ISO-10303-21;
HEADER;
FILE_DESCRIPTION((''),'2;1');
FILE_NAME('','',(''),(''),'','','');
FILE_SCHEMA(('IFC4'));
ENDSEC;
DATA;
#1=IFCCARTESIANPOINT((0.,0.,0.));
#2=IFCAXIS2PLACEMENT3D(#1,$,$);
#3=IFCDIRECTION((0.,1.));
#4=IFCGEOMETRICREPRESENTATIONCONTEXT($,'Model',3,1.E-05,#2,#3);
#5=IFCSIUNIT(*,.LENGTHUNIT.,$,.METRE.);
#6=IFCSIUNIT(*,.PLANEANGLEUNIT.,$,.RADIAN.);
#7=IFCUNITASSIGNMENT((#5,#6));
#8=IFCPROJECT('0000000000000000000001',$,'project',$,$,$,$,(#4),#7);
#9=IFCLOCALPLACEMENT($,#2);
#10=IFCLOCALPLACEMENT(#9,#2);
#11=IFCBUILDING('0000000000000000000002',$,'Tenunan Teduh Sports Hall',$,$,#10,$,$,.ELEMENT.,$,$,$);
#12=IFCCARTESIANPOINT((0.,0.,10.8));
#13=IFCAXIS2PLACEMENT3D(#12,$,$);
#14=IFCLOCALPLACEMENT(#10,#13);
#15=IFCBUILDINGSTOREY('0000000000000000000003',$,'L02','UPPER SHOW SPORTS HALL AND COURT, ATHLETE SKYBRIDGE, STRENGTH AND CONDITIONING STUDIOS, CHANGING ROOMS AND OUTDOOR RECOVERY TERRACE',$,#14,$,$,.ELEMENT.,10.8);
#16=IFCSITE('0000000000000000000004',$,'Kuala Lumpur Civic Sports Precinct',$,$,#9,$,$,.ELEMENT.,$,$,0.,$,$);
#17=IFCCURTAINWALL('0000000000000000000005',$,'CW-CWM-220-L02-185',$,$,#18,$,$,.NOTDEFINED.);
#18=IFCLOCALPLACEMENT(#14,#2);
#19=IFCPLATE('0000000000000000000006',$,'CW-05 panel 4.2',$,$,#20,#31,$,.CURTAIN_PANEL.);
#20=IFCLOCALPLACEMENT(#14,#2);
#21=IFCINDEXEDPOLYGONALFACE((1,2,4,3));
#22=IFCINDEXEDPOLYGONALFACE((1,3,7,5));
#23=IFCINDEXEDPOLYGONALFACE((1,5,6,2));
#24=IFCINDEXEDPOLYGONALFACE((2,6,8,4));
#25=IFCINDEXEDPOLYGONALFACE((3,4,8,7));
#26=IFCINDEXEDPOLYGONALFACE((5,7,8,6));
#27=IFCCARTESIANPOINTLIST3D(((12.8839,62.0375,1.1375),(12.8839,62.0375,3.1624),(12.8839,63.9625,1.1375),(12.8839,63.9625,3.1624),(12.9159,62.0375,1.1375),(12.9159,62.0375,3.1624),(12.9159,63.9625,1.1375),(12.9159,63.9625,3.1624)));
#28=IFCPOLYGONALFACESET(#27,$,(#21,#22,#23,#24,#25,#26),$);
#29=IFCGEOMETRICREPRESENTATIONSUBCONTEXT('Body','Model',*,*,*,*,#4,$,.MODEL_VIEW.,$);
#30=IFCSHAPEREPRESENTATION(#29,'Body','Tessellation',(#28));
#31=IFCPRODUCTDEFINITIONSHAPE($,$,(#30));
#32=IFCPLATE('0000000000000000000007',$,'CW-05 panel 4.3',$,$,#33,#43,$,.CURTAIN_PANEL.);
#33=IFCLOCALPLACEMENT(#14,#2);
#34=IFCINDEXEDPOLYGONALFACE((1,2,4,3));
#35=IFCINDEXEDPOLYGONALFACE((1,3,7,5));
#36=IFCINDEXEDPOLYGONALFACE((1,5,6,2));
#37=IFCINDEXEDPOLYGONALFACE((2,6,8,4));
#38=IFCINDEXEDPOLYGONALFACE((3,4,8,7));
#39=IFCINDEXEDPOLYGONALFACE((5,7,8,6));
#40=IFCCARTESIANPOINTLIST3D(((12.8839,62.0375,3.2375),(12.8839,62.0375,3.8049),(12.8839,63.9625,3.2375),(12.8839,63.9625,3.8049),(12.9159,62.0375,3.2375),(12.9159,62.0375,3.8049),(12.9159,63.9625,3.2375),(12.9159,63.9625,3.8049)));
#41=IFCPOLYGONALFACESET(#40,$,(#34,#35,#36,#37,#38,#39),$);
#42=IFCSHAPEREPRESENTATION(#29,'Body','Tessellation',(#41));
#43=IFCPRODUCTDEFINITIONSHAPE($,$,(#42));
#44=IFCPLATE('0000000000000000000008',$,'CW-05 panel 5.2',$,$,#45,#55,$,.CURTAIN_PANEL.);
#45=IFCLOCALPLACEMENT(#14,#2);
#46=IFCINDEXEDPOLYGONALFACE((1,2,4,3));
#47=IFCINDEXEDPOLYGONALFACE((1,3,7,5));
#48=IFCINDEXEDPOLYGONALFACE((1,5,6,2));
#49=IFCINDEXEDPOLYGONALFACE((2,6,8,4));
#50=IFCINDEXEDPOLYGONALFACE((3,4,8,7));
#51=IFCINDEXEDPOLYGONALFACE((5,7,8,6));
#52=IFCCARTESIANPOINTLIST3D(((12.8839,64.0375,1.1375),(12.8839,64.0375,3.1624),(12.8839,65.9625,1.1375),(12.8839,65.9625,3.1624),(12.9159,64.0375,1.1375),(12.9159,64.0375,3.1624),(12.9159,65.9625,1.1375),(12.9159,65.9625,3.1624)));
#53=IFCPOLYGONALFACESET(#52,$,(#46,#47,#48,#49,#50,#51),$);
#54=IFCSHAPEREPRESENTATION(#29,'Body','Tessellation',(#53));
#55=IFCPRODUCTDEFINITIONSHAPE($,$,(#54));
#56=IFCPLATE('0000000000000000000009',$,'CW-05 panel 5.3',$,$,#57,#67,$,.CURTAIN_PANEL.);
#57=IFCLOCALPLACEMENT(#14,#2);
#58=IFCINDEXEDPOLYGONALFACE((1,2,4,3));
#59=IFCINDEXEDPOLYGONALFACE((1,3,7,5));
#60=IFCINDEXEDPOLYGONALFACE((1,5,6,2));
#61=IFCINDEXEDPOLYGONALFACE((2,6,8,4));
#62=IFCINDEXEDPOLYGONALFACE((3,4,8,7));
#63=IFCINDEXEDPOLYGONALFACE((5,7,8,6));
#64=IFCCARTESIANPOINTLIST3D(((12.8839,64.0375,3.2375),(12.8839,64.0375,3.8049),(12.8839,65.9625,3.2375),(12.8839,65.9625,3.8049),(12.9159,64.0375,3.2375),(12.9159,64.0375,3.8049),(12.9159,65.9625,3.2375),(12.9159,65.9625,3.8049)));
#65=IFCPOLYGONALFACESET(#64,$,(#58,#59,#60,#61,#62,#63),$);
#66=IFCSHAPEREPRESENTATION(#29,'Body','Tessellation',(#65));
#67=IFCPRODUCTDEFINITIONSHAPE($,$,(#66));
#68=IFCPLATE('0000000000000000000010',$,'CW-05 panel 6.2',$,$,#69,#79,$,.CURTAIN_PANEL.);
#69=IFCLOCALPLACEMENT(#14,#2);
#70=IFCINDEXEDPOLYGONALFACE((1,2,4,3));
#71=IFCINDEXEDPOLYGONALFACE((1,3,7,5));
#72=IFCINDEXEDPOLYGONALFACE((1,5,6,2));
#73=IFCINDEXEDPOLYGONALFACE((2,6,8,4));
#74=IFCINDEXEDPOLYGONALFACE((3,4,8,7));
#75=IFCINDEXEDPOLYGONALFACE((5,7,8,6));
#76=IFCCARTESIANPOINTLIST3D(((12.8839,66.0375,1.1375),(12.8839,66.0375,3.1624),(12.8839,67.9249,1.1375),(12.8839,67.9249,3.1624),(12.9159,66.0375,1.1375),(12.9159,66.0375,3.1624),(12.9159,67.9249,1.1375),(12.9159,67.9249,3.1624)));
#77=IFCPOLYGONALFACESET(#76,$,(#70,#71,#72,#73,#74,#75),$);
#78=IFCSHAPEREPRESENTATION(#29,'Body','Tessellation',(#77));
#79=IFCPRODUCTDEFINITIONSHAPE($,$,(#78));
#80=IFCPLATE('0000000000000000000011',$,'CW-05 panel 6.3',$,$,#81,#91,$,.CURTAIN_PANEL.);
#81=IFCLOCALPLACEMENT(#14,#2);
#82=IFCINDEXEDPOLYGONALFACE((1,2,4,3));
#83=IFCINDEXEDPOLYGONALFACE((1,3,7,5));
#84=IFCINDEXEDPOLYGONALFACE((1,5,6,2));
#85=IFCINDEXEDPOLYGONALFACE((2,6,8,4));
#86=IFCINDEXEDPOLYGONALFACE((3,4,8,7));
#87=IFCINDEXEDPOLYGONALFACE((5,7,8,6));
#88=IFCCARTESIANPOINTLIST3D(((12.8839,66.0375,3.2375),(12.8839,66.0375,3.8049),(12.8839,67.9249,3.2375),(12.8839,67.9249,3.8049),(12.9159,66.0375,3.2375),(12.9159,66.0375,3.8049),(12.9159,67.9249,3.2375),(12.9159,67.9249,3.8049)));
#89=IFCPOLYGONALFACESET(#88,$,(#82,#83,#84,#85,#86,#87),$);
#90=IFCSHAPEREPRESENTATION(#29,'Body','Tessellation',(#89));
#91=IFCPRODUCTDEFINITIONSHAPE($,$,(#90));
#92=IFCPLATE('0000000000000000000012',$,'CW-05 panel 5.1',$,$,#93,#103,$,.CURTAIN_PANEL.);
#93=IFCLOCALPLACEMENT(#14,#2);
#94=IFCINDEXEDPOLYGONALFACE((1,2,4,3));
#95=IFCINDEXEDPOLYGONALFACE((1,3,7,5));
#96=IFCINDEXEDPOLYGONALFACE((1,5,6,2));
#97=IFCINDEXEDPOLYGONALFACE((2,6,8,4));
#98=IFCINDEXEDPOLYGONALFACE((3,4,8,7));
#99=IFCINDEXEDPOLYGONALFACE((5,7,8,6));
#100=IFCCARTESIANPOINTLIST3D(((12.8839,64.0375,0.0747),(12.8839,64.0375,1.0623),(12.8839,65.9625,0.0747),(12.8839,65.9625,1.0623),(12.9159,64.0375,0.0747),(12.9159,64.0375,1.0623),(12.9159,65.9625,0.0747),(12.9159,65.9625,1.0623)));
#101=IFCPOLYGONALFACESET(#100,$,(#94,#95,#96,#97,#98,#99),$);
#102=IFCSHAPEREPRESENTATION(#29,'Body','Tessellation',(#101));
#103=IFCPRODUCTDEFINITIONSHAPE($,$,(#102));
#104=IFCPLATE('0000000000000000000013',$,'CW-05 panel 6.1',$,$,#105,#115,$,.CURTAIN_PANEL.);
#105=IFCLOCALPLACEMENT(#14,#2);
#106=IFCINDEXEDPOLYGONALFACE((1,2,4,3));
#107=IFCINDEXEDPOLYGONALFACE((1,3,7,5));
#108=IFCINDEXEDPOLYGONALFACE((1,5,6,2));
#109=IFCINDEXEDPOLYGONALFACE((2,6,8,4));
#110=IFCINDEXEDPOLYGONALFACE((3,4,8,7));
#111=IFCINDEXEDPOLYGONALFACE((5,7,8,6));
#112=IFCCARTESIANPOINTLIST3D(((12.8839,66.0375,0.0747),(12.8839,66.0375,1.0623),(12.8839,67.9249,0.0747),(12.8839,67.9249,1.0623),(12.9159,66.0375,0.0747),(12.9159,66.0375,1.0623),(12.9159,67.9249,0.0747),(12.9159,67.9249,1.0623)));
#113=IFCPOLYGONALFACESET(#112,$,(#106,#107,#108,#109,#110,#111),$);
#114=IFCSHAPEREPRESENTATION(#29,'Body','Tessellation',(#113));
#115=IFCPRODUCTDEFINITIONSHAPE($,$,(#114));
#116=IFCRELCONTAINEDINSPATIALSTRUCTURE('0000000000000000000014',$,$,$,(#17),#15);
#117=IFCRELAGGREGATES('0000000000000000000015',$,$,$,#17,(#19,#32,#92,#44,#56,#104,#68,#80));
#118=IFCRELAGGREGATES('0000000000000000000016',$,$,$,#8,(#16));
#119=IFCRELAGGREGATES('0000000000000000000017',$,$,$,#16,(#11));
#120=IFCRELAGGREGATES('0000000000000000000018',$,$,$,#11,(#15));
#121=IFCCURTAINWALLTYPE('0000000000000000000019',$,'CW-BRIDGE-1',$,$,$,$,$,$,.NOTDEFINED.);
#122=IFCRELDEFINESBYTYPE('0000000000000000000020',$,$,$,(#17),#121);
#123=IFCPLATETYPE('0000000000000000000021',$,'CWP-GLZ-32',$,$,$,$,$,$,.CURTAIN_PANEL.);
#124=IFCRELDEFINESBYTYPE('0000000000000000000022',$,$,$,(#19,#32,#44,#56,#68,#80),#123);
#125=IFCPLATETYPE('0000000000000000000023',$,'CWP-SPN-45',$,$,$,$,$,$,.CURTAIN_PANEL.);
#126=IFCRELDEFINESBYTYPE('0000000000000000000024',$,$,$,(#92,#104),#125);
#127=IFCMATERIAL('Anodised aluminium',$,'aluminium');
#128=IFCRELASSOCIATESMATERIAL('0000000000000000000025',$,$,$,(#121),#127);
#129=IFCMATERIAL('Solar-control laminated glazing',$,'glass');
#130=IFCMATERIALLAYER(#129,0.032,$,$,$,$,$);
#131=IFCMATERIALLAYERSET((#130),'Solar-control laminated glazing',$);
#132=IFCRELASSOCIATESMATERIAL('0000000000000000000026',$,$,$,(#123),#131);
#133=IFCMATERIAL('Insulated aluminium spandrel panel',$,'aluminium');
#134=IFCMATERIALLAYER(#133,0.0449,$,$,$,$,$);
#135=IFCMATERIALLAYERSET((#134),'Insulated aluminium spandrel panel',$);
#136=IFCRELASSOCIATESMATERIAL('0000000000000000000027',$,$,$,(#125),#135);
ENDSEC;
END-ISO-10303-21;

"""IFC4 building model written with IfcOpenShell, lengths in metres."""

from ifc_helpers import new_model, si_unit, direction, frame, origin, origin_2d, place, context, subcontext, project, spatial, rectangle, extrude, material, layer, layer_set, type_object, element, aggregate, save


model = new_model("IFC4")

# Units and contexts
model_context = context("Model", 3, precision=1e-05, world=origin(), true_north=direction((0.0, 1.0)))
body_context = subcontext(model_context, "Body", "Model", "MODEL_VIEW")
ifc_project = project(units=[si_unit("LENGTHUNIT", "METRE"), si_unit("PLANEANGLEUNIT", "RADIAN")], contexts=[model_context])

# Site, building, storey
site_placement = place(None, origin())
site = spatial("IfcSite", under=ifc_project, at=site_placement, Name="Kuala Lumpur Civic Sports Precinct", CompositionType="ELEMENT", RefElevation=0.0)
building_placement = place(site_placement, origin())
building = spatial("IfcBuilding", under=site, at=building_placement, Name="Tenunan Teduh Sports Hall", CompositionType="ELEMENT")
storey_placement = place(building_placement, frame((0.0, 0.0, 10.8)))
storey = spatial("IfcBuildingStorey", under=building, at=storey_placement, Name="L02", Description="UPPER SHOW SPORTS HALL AND COURT, ATHLETE SKYBRIDGE, STRENGTH AND CONDITIONING STUDIOS, CHANGING ROOMS AND OUTDOOR RECOVERY TERRACE", CompositionType="ELEMENT", Elevation=10.8)

# Shared definitions
ifc_material_1 = material(Name="Anodised aluminium", Category="aluminium")
curtain_wall_type = type_object("IfcCurtainWallType", Name="CW-BRIDGE-1", PredefinedType="NOTDEFINED", material=ifc_material_1)

# Curtain wall
curtain_wall_1_placement = place(storey_placement, origin())
curtain_wall_1 = element("IfcCurtainWall", 1, at=curtain_wall_1_placement, inside=storey, type_object=curtain_wall_type, Name="CW-CWM-220-L02-185", PredefinedType="NOTDEFINED")

# Plates
ifc_material_2 = material(Name="Solar-control laminated glazing", Category="glass")
ifc_layer_1 = layer(ifc_material_2, 0.032)
ifc_layer_set_1 = layer_set([ifc_layer_1], Name="Solar-control laminated glazing")
plate_type_1 = type_object("IfcPlateType", Name="CWP-GLZ-32", PredefinedType="CURTAIN_PANEL", material=ifc_layer_set_1)
plate_1_placement = place(storey_placement, frame((12.8999, 63.0, 1.1375), z_axis=(0.0, 0.0, 1.0), x_axis=(0.0, 1.0, 0.0)))
plate_1 = element("IfcPlate", 2, at=plate_1_placement, type_object=plate_type_1, Name="CW-05 panel 4.2", PredefinedType="CURTAIN_PANEL", context=body_context, shape_type="SweptSolid", body=[
    extrude(rectangle(XDim=1.925, YDim=0.032, at=origin_2d()), origin(), (0.0, 0.0, 1.0), 2.0249),
])
plate_2_placement = place(storey_placement, frame((12.8999, 63.0, 3.2375), z_axis=(0.0, 0.0, 1.0), x_axis=(0.0, 1.0, 0.0)))
plate_2 = element("IfcPlate", 3, at=plate_2_placement, type_object=plate_type_1, Name="CW-05 panel 4.3", PredefinedType="CURTAIN_PANEL", context=body_context, shape_type="SweptSolid", body=[
    extrude(rectangle(XDim=1.925, YDim=0.032, at=origin_2d()), origin(), (0.0, 0.0, 1.0), 0.5674),
])
plate_3_placement = place(storey_placement, frame((12.8999, 65.0, 1.1375), z_axis=(0.0, 0.0, 1.0), x_axis=(0.0, 1.0, 0.0)))
plate_3 = element("IfcPlate", 4, at=plate_3_placement, type_object=plate_type_1, Name="CW-05 panel 5.2", PredefinedType="CURTAIN_PANEL", context=body_context, shape_type="SweptSolid", body=[
    extrude(rectangle(XDim=1.925, YDim=0.032, at=origin_2d()), origin(), (0.0, 0.0, 1.0), 2.0249),
])
plate_4_placement = place(storey_placement, frame((12.8999, 65.0, 3.2375), z_axis=(0.0, 0.0, 1.0), x_axis=(0.0, 1.0, 0.0)))
plate_4 = element("IfcPlate", 5, at=plate_4_placement, type_object=plate_type_1, Name="CW-05 panel 5.3", PredefinedType="CURTAIN_PANEL", context=body_context, shape_type="SweptSolid", body=[
    extrude(rectangle(XDim=1.925, YDim=0.032, at=origin_2d()), origin(), (0.0, 0.0, 1.0), 0.5674),
])
plate_5_placement = place(storey_placement, frame((12.8999, 66.9812, 1.1375), z_axis=(0.0, 0.0, 1.0), x_axis=(0.0, 1.0, 0.0)))
plate_5 = element("IfcPlate", 6, at=plate_5_placement, type_object=plate_type_1, Name="CW-05 panel 6.2", PredefinedType="CURTAIN_PANEL", context=body_context, shape_type="SweptSolid", body=[
    extrude(rectangle(XDim=1.8875, YDim=0.032, at=origin_2d()), origin(), (0.0, 0.0, 1.0), 2.0249),
])
plate_6_placement = place(storey_placement, frame((12.8999, 66.9812, 3.2375), z_axis=(0.0, 0.0, 1.0), x_axis=(0.0, 1.0, 0.0)))
plate_6 = element("IfcPlate", 7, at=plate_6_placement, type_object=plate_type_1, Name="CW-05 panel 6.3", PredefinedType="CURTAIN_PANEL", context=body_context, shape_type="SweptSolid", body=[
    extrude(rectangle(XDim=1.8875, YDim=0.032, at=origin_2d()), origin(), (0.0, 0.0, 1.0), 0.5674),
])
ifc_material_3 = material(Name="Insulated aluminium spandrel panel", Category="aluminium")
ifc_layer_2 = layer(ifc_material_3, 0.0449)
ifc_layer_set_2 = layer_set([ifc_layer_2], Name="Insulated aluminium spandrel panel")
plate_type_2 = type_object("IfcPlateType", Name="CWP-SPN-45", PredefinedType="CURTAIN_PANEL", material=ifc_layer_set_2)
plate_7_placement = place(storey_placement, frame((12.8999, 65.0, 0.0747), z_axis=(0.0, 0.0, 1.0), x_axis=(0.0, 1.0, 0.0)))
plate_7 = element("IfcPlate", 8, at=plate_7_placement, type_object=plate_type_2, Name="CW-05 panel 5.1", PredefinedType="CURTAIN_PANEL", context=body_context, shape_type="SweptSolid", body=[
    extrude(rectangle(XDim=1.925, YDim=0.032, at=origin_2d()), origin(), (0.0, 0.0, 1.0), 0.9875),
])
plate_8_placement = place(storey_placement, frame((12.8999, 66.9812, 0.0747), z_axis=(0.0, 0.0, 1.0), x_axis=(0.0, 1.0, 0.0)))
plate_8 = element("IfcPlate", 9, at=plate_8_placement, type_object=plate_type_2, Name="CW-05 panel 6.1", PredefinedType="CURTAIN_PANEL", context=body_context, shape_type="SweptSolid", body=[
    extrude(rectangle(XDim=1.8875, YDim=0.032, at=origin_2d()), origin(), (0.0, 0.0, 1.0), 0.9875),
])
aggregate(curtain_wall_1, [plate_1, plate_2, plate_7, plate_3, plate_4, plate_8, plate_5, plate_6])

save(model, "model.ifc")
